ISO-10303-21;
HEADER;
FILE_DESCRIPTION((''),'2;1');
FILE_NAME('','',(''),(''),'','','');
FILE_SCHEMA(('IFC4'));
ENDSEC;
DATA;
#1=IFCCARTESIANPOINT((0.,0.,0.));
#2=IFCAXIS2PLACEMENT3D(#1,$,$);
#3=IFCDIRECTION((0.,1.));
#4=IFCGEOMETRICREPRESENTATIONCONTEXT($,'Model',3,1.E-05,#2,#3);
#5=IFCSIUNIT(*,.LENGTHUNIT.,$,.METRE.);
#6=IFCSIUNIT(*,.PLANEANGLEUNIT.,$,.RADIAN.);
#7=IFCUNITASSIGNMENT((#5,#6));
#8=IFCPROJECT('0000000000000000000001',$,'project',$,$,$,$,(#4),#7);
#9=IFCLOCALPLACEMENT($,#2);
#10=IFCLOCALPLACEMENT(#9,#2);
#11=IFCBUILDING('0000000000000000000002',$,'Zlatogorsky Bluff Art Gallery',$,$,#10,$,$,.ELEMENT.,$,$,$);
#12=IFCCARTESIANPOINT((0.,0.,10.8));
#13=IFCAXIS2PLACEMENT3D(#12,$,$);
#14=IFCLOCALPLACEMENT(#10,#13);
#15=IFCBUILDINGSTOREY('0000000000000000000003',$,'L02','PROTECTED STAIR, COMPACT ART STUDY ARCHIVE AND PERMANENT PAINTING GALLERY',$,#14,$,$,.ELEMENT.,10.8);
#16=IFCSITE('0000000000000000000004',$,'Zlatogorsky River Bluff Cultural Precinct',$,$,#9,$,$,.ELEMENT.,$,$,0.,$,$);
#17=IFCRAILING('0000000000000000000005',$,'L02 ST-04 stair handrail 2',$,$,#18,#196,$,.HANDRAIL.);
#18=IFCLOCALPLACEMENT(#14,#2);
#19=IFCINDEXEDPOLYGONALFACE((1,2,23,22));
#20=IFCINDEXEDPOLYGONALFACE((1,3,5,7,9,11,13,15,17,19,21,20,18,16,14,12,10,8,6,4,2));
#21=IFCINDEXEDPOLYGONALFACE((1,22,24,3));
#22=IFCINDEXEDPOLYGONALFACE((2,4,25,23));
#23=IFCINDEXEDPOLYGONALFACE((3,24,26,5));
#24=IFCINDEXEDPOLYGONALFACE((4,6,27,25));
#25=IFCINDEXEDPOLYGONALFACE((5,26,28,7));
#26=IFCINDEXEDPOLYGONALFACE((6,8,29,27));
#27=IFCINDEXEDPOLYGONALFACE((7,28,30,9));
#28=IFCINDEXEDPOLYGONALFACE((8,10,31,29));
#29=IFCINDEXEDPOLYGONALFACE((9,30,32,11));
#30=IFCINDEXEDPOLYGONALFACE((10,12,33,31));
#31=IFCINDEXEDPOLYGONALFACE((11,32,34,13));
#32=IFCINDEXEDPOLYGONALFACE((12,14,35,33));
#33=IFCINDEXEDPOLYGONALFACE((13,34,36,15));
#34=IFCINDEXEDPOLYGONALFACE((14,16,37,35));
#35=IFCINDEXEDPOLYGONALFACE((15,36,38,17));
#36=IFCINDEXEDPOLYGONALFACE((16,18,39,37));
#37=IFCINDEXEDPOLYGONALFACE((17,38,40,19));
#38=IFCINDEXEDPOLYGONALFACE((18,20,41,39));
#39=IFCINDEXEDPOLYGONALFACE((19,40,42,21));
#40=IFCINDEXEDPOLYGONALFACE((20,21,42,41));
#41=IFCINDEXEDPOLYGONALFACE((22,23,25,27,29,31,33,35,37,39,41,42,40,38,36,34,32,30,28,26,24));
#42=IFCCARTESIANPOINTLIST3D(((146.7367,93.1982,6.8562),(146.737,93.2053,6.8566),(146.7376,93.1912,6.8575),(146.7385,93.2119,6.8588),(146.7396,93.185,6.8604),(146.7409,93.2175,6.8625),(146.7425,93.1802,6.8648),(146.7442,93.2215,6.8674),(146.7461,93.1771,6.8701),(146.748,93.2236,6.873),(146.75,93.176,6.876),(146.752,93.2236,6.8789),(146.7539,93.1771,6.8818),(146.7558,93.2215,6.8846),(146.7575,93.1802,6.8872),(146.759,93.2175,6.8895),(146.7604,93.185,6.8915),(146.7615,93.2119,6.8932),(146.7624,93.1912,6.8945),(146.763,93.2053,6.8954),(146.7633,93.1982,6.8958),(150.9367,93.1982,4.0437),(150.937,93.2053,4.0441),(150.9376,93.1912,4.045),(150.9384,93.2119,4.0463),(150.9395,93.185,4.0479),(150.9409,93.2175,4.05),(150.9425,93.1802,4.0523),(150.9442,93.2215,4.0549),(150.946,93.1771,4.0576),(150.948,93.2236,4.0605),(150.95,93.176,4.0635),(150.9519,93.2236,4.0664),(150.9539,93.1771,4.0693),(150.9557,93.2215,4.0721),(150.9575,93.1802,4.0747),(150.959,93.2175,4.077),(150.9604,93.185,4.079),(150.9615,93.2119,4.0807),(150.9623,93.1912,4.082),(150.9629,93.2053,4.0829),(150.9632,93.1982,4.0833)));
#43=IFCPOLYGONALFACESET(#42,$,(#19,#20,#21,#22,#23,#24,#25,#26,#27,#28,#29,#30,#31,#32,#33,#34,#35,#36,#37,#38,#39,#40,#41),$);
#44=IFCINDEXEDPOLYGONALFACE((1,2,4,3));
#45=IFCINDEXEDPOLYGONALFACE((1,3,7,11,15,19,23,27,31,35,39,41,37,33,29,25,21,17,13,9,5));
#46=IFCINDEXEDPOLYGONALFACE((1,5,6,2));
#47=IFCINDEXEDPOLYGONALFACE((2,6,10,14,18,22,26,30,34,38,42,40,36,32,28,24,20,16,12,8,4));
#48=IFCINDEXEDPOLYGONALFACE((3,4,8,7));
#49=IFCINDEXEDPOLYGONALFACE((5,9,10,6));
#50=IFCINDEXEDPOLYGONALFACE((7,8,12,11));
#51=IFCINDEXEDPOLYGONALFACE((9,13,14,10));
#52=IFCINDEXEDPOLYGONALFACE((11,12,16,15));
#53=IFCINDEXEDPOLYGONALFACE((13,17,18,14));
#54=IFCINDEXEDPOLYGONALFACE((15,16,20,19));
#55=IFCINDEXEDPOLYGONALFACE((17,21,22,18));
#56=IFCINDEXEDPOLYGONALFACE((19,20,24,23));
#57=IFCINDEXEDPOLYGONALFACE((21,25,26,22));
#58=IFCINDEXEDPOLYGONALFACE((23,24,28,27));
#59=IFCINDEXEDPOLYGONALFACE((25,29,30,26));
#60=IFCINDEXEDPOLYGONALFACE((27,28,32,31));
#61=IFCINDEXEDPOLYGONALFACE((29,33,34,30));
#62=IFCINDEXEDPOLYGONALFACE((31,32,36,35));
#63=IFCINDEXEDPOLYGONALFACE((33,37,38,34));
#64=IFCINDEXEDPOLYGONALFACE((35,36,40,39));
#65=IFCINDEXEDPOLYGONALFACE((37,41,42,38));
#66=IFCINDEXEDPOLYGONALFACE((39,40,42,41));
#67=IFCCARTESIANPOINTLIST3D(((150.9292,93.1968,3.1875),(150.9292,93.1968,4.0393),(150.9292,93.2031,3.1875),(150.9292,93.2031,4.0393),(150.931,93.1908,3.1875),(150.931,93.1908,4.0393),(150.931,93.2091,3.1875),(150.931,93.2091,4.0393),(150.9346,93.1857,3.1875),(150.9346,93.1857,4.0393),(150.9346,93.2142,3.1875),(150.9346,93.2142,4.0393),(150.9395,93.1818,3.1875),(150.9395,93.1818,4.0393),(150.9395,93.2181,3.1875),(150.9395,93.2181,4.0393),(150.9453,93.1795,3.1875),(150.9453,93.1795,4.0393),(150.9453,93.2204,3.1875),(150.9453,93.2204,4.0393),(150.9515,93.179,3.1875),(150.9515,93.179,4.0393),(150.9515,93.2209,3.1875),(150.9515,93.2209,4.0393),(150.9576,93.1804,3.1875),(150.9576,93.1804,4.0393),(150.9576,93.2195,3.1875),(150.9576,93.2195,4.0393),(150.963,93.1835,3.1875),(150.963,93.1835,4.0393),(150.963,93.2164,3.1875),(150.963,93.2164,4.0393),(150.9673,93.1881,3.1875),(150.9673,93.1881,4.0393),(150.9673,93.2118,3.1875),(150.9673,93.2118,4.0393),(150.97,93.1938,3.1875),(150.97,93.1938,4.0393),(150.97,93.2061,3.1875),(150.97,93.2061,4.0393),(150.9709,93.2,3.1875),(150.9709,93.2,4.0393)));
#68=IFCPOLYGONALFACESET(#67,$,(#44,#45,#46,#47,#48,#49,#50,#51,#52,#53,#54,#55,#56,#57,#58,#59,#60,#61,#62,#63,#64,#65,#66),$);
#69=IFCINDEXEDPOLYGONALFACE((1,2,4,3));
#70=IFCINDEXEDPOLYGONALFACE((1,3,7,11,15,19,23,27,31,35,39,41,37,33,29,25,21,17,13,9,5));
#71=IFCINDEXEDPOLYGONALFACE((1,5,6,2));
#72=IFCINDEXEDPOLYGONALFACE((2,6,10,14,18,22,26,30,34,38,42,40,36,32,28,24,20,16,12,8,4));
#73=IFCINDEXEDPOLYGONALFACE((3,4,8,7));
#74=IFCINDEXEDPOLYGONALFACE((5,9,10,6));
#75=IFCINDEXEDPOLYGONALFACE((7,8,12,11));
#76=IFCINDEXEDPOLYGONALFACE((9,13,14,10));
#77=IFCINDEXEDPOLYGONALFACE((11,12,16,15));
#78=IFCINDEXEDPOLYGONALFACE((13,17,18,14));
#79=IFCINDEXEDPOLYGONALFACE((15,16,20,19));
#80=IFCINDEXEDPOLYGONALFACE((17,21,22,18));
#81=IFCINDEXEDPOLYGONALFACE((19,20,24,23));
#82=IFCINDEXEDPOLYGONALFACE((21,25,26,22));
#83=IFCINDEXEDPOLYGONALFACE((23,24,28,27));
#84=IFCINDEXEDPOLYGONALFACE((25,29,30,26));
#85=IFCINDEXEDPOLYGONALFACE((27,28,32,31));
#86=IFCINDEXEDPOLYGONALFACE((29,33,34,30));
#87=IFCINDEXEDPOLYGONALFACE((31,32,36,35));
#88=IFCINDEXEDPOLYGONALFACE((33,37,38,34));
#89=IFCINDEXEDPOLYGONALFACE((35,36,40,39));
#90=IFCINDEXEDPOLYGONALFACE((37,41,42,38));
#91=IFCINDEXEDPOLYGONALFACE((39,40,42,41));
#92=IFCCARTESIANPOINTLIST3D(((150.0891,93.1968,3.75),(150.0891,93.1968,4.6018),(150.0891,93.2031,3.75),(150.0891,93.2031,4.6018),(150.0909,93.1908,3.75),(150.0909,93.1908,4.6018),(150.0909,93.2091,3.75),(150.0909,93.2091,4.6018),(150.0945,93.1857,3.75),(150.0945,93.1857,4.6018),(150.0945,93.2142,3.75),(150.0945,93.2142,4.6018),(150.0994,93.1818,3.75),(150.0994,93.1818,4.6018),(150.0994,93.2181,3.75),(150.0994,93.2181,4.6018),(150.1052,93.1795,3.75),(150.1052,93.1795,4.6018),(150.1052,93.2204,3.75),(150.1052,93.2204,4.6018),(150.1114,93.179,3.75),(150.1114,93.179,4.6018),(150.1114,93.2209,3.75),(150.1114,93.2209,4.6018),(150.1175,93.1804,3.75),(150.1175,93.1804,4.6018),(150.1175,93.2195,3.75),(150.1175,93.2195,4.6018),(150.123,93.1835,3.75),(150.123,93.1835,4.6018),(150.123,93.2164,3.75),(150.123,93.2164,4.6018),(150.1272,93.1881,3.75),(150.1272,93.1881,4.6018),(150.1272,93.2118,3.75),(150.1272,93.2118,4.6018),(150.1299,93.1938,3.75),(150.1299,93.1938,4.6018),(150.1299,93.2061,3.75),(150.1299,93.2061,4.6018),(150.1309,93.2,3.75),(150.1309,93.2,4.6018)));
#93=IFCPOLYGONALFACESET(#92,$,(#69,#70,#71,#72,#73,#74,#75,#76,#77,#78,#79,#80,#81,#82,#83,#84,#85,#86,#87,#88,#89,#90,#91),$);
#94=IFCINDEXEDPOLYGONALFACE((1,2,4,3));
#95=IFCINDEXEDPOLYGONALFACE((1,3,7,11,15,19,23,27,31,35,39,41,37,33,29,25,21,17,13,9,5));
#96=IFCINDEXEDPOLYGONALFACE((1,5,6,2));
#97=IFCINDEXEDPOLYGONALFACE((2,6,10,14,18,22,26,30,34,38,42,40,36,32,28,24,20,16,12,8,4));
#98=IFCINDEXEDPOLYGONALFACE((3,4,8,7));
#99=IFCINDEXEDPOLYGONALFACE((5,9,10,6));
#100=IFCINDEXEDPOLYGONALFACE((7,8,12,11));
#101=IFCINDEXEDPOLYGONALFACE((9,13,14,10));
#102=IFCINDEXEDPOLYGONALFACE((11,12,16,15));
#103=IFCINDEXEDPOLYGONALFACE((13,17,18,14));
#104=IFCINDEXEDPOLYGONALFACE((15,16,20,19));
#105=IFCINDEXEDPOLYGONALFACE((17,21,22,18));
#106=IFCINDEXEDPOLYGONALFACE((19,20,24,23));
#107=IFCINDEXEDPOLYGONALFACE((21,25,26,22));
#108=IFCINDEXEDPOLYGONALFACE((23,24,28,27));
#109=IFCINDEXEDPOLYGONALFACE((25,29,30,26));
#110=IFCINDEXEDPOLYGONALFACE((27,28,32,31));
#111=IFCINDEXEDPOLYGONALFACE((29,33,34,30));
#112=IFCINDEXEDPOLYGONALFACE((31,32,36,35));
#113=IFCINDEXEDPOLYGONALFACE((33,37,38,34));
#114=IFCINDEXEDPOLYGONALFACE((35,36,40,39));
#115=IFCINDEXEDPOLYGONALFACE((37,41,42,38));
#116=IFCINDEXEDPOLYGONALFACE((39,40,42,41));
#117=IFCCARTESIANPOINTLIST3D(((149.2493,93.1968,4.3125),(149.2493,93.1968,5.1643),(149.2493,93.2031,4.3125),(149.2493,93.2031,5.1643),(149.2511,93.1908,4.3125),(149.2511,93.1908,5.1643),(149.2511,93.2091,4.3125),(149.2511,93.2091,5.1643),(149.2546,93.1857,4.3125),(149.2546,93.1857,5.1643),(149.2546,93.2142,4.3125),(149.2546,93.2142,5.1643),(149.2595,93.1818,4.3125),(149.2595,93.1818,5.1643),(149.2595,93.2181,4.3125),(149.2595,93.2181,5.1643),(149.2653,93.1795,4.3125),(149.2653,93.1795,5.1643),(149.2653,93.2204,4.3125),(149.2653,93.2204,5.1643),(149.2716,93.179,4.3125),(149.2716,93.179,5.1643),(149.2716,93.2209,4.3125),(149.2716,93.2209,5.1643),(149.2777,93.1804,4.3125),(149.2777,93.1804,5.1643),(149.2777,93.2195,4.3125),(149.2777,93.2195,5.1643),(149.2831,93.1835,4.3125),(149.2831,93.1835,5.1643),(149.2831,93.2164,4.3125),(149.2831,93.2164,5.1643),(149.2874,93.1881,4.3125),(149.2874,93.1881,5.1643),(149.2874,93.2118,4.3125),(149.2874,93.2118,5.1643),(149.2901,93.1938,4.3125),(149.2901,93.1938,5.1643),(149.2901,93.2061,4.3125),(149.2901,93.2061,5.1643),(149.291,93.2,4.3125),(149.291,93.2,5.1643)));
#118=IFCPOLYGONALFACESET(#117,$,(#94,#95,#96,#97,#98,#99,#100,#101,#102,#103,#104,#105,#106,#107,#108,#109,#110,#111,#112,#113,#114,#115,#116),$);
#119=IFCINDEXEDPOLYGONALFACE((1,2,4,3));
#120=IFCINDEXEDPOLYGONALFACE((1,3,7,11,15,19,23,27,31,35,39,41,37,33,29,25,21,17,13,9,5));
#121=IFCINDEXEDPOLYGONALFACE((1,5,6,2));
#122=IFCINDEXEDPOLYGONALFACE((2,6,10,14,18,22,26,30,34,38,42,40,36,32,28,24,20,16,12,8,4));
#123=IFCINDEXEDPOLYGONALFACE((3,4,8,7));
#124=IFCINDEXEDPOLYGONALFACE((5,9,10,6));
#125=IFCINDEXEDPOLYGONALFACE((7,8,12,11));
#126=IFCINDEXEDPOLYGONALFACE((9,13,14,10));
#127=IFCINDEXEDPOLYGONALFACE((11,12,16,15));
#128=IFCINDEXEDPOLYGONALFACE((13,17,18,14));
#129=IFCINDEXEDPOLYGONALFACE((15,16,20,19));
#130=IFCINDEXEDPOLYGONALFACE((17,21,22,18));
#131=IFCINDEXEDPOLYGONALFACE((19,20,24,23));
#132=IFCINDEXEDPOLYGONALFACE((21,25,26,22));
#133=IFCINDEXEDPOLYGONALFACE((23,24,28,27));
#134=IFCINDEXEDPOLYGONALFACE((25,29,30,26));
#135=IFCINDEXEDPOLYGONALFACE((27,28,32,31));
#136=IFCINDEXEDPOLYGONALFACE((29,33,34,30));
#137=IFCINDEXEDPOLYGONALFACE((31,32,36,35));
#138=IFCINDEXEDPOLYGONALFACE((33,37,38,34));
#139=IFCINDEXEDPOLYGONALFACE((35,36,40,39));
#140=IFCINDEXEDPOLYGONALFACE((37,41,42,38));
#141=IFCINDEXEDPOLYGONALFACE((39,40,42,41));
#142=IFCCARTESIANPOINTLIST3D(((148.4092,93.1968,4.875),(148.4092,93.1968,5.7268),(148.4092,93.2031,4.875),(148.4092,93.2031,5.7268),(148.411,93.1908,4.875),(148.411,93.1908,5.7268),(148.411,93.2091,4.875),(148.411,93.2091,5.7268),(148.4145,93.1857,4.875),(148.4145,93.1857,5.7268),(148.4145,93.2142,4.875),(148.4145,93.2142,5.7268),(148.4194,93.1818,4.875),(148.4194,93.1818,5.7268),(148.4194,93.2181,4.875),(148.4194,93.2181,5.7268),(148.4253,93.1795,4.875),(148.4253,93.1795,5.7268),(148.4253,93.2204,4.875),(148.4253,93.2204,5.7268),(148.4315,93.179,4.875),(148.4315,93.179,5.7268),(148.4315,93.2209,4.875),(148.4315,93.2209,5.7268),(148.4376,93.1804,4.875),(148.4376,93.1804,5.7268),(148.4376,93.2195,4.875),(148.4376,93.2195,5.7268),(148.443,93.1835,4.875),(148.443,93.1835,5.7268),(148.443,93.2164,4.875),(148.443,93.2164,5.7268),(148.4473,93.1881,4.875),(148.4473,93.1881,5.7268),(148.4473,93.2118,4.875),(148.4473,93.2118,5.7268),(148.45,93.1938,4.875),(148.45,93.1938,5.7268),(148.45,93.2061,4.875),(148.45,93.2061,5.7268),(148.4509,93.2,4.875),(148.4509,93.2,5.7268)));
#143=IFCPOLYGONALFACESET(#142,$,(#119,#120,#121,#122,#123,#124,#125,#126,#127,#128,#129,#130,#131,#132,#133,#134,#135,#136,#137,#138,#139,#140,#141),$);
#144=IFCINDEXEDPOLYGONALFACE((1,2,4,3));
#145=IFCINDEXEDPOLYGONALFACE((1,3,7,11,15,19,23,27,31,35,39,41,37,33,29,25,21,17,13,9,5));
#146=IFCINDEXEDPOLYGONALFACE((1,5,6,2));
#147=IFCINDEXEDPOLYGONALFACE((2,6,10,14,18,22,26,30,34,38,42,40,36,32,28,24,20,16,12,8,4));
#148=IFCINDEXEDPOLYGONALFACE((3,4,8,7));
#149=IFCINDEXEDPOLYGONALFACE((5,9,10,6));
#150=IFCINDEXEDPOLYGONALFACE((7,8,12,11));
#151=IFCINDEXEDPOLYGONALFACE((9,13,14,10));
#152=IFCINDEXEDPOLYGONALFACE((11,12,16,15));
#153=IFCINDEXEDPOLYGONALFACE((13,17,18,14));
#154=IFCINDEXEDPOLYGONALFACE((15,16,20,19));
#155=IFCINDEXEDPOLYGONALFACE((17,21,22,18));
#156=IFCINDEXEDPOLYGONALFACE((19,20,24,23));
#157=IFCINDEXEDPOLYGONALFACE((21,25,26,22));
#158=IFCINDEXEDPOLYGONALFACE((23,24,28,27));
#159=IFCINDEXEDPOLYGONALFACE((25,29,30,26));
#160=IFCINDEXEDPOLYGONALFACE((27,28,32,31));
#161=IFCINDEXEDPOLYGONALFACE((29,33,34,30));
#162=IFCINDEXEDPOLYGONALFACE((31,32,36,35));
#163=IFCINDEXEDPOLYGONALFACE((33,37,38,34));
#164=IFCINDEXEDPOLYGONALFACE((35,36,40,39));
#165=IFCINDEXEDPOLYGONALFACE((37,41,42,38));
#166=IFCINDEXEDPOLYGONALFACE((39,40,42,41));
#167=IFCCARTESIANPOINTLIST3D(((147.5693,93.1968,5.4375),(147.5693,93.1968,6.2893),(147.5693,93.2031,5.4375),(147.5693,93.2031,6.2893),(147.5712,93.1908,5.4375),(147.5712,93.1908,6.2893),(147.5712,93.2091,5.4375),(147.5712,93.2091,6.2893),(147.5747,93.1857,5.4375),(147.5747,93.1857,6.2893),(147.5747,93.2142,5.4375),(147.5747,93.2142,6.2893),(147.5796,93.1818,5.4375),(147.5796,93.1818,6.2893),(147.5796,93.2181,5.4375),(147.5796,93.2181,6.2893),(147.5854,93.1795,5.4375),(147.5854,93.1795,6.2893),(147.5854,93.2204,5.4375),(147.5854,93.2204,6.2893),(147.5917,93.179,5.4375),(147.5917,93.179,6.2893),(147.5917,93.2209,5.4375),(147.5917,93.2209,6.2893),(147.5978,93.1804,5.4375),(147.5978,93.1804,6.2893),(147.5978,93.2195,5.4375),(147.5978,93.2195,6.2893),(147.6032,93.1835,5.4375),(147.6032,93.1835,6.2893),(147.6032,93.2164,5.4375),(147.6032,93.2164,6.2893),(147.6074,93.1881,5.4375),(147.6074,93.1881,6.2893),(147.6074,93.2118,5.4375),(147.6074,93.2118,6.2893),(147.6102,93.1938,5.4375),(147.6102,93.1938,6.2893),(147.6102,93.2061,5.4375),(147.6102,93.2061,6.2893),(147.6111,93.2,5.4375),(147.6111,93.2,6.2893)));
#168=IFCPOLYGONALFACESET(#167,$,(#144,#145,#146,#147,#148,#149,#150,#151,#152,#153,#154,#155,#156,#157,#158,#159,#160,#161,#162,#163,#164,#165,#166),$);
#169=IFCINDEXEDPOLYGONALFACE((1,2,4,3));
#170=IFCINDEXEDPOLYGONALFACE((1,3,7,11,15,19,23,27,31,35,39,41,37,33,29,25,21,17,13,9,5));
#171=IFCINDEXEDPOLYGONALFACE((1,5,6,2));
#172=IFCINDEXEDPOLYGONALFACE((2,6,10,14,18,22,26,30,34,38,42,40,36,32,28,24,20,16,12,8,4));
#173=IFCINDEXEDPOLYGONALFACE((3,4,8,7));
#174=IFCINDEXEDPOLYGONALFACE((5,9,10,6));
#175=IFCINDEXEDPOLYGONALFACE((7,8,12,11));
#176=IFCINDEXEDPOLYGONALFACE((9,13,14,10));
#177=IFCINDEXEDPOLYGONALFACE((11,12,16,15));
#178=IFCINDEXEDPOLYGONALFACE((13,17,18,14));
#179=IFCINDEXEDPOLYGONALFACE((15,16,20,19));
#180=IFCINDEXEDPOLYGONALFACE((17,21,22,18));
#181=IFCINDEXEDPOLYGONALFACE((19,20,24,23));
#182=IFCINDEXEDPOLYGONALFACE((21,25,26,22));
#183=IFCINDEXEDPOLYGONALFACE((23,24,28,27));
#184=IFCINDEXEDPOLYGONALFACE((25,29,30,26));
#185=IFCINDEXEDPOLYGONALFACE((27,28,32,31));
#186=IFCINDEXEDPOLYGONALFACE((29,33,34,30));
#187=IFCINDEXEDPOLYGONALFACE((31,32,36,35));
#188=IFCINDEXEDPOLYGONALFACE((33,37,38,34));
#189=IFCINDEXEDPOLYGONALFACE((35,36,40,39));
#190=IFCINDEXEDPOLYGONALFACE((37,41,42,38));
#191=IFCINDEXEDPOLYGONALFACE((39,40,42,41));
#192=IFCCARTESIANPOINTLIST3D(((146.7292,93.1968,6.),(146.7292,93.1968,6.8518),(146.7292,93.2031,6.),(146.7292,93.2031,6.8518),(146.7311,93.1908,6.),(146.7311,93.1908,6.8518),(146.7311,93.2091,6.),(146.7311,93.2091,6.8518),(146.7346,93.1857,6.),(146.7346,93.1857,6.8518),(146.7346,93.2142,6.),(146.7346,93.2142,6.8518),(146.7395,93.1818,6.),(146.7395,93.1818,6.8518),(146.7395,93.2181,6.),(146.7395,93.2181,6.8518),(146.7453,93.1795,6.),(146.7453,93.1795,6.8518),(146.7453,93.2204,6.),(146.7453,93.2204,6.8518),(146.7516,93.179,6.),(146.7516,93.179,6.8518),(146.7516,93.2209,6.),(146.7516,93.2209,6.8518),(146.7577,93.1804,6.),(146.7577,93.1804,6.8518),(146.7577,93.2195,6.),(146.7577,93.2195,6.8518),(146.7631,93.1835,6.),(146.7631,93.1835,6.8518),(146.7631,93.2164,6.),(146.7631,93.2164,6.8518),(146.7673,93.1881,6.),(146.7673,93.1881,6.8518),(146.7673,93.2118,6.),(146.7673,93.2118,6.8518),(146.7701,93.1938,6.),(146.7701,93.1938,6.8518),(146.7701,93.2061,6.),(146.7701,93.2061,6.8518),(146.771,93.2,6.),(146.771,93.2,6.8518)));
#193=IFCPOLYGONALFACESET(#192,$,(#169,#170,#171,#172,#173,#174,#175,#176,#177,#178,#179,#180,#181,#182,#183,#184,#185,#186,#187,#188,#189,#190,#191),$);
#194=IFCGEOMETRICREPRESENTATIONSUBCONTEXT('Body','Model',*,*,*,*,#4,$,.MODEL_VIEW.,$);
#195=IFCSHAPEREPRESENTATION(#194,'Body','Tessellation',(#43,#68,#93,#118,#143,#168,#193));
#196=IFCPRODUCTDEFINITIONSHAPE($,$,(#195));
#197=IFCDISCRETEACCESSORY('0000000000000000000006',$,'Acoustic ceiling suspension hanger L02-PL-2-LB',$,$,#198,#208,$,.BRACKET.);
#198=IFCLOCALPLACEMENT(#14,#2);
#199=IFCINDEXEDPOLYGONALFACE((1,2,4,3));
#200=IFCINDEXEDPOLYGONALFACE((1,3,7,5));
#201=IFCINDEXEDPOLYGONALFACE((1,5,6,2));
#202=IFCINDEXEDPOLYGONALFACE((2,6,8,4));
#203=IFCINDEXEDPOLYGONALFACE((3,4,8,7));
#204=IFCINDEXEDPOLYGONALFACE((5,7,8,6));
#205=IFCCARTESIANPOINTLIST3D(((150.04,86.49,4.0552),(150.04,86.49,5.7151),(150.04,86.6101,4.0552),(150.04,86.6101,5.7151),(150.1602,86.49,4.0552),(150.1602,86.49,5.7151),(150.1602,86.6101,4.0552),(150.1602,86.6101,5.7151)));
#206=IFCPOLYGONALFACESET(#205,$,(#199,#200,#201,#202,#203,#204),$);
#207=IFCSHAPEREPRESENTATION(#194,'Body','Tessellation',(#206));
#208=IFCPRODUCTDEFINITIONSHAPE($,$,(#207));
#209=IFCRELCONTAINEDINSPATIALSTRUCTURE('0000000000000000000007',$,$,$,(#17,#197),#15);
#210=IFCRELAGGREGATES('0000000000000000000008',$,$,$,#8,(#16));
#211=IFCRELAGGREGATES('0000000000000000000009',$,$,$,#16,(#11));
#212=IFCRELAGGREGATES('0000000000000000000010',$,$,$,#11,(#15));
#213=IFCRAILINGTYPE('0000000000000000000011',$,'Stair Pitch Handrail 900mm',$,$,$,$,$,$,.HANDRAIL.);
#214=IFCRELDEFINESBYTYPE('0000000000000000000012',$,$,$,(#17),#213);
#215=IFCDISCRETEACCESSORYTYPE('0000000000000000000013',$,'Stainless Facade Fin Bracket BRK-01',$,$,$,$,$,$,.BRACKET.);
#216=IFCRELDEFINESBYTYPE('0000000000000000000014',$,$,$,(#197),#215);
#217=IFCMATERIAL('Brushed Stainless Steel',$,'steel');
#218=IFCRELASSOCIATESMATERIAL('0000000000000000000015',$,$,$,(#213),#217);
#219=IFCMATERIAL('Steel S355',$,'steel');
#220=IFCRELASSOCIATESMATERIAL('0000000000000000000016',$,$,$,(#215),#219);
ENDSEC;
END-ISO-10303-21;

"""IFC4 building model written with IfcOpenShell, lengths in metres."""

from ifc_helpers import new_model, si_unit, direction, frame, origin, origin_2d, place, context, subcontext, project, spatial, rectangle, circle, extrude, material, type_object, element, save


model = new_model("IFC4")

# Units and contexts
model_context = context("Model", 3, precision=1e-05, world=origin(), true_north=direction((0.0, 1.0)))
body_context = subcontext(model_context, "Body", "Model", "MODEL_VIEW")
ifc_project = project(units=[si_unit("LENGTHUNIT", "METRE"), si_unit("PLANEANGLEUNIT", "RADIAN")], contexts=[model_context])

# Site, building, storey
site_placement = place(None, origin())
site = spatial("IfcSite", under=ifc_project, at=site_placement, Name="Zlatogorsky River Bluff Cultural Precinct", CompositionType="ELEMENT", RefElevation=0.0)
building_placement = place(site_placement, origin())
building = spatial("IfcBuilding", under=site, at=building_placement, Name="Zlatogorsky Bluff Art Gallery", CompositionType="ELEMENT")
storey_placement = place(building_placement, frame((0.0, 0.0, 10.8)))
storey = spatial("IfcBuildingStorey", under=building, at=storey_placement, Name="L02", Description="PROTECTED STAIR, COMPACT ART STUDY ARCHIVE AND PERMANENT PAINTING GALLERY", CompositionType="ELEMENT", Elevation=10.8)

# Shared definitions
ifc_material_1 = material(Name="Steel S355", Category="steel")

# Railing
ifc_material_2 = material(Name="Brushed Stainless Steel", Category="steel")
railing_type_1 = type_object("IfcRailingType", Name="Stair Pitch Handrail 900mm", PredefinedType="HANDRAIL", material=ifc_material_2)
railing_1_placement = place(storey_placement, frame((150.95, 93.2, 3.1875)))
element("IfcRailing", 1, at=railing_1_placement, inside=storey, type_object=railing_type_1, Name="L02 ST-04 stair handrail 2", PredefinedType="HANDRAIL", context=body_context, shape_type="SweptSolid", body=[
    extrude(circle(Radius=0.0239, at=origin_2d()), frame((0.0, 0.0, 0.876), z_axis=(-0.830904, 0.0, 0.556416), x_axis=(0.0, -1.0, 0.0)), (0.0, 0.0, 1.0), 5.0547),
    extrude(circle(Radius=0.021, at=origin_2d()), origin(), (0.0, 0.0, 1.0), 0.8518),
    extrude(circle(Radius=0.021, at=origin_2d()), frame((-0.8401, 0.0, 0.5625)), (0.0, 0.0, 1.0), 0.8518),
    extrude(circle(Radius=0.021, at=origin_2d()), frame((-1.6799, 0.0, 1.125)), (0.0, 0.0, 1.0), 0.8518),
    extrude(circle(Radius=0.021, at=origin_2d()), frame((-2.52, 0.0, 1.6875)), (0.0, 0.0, 1.0), 0.8518),
    extrude(circle(Radius=0.021, at=origin_2d()), frame((-3.3599, 0.0, 2.25)), (0.0, 0.0, 1.0), 0.8518),
    extrude(circle(Radius=0.021, at=origin_2d()), frame((-4.2, 0.0, 2.8125)), (0.0, 0.0, 1.0), 0.8518),
])

# Discrete accessory
discrete_accessory_type = type_object("IfcDiscreteAccessoryType", Name="Stainless Facade Fin Bracket BRK-01", PredefinedType="BRACKET", material=ifc_material_1)
discrete_accessory_placement = place(storey_placement, frame((150.1001, 86.55, 4.0552), z_axis=(0.0, 0.0, 1.0), x_axis=(1.0, 0.0, 0.0)))
element("IfcDiscreteAccessory", 2, at=discrete_accessory_placement, inside=storey, type_object=discrete_accessory_type, Name="Acoustic ceiling suspension hanger L02-PL-2-LB", PredefinedType="BRACKET", context=body_context, shape_type="SweptSolid", body=[
    extrude(rectangle(XDim=0.1201, YDim=0.1201, at=origin_2d()), origin(), (0.0, 0.0, 1.0), 1.6599),
])

save(model, "model.ifc")
